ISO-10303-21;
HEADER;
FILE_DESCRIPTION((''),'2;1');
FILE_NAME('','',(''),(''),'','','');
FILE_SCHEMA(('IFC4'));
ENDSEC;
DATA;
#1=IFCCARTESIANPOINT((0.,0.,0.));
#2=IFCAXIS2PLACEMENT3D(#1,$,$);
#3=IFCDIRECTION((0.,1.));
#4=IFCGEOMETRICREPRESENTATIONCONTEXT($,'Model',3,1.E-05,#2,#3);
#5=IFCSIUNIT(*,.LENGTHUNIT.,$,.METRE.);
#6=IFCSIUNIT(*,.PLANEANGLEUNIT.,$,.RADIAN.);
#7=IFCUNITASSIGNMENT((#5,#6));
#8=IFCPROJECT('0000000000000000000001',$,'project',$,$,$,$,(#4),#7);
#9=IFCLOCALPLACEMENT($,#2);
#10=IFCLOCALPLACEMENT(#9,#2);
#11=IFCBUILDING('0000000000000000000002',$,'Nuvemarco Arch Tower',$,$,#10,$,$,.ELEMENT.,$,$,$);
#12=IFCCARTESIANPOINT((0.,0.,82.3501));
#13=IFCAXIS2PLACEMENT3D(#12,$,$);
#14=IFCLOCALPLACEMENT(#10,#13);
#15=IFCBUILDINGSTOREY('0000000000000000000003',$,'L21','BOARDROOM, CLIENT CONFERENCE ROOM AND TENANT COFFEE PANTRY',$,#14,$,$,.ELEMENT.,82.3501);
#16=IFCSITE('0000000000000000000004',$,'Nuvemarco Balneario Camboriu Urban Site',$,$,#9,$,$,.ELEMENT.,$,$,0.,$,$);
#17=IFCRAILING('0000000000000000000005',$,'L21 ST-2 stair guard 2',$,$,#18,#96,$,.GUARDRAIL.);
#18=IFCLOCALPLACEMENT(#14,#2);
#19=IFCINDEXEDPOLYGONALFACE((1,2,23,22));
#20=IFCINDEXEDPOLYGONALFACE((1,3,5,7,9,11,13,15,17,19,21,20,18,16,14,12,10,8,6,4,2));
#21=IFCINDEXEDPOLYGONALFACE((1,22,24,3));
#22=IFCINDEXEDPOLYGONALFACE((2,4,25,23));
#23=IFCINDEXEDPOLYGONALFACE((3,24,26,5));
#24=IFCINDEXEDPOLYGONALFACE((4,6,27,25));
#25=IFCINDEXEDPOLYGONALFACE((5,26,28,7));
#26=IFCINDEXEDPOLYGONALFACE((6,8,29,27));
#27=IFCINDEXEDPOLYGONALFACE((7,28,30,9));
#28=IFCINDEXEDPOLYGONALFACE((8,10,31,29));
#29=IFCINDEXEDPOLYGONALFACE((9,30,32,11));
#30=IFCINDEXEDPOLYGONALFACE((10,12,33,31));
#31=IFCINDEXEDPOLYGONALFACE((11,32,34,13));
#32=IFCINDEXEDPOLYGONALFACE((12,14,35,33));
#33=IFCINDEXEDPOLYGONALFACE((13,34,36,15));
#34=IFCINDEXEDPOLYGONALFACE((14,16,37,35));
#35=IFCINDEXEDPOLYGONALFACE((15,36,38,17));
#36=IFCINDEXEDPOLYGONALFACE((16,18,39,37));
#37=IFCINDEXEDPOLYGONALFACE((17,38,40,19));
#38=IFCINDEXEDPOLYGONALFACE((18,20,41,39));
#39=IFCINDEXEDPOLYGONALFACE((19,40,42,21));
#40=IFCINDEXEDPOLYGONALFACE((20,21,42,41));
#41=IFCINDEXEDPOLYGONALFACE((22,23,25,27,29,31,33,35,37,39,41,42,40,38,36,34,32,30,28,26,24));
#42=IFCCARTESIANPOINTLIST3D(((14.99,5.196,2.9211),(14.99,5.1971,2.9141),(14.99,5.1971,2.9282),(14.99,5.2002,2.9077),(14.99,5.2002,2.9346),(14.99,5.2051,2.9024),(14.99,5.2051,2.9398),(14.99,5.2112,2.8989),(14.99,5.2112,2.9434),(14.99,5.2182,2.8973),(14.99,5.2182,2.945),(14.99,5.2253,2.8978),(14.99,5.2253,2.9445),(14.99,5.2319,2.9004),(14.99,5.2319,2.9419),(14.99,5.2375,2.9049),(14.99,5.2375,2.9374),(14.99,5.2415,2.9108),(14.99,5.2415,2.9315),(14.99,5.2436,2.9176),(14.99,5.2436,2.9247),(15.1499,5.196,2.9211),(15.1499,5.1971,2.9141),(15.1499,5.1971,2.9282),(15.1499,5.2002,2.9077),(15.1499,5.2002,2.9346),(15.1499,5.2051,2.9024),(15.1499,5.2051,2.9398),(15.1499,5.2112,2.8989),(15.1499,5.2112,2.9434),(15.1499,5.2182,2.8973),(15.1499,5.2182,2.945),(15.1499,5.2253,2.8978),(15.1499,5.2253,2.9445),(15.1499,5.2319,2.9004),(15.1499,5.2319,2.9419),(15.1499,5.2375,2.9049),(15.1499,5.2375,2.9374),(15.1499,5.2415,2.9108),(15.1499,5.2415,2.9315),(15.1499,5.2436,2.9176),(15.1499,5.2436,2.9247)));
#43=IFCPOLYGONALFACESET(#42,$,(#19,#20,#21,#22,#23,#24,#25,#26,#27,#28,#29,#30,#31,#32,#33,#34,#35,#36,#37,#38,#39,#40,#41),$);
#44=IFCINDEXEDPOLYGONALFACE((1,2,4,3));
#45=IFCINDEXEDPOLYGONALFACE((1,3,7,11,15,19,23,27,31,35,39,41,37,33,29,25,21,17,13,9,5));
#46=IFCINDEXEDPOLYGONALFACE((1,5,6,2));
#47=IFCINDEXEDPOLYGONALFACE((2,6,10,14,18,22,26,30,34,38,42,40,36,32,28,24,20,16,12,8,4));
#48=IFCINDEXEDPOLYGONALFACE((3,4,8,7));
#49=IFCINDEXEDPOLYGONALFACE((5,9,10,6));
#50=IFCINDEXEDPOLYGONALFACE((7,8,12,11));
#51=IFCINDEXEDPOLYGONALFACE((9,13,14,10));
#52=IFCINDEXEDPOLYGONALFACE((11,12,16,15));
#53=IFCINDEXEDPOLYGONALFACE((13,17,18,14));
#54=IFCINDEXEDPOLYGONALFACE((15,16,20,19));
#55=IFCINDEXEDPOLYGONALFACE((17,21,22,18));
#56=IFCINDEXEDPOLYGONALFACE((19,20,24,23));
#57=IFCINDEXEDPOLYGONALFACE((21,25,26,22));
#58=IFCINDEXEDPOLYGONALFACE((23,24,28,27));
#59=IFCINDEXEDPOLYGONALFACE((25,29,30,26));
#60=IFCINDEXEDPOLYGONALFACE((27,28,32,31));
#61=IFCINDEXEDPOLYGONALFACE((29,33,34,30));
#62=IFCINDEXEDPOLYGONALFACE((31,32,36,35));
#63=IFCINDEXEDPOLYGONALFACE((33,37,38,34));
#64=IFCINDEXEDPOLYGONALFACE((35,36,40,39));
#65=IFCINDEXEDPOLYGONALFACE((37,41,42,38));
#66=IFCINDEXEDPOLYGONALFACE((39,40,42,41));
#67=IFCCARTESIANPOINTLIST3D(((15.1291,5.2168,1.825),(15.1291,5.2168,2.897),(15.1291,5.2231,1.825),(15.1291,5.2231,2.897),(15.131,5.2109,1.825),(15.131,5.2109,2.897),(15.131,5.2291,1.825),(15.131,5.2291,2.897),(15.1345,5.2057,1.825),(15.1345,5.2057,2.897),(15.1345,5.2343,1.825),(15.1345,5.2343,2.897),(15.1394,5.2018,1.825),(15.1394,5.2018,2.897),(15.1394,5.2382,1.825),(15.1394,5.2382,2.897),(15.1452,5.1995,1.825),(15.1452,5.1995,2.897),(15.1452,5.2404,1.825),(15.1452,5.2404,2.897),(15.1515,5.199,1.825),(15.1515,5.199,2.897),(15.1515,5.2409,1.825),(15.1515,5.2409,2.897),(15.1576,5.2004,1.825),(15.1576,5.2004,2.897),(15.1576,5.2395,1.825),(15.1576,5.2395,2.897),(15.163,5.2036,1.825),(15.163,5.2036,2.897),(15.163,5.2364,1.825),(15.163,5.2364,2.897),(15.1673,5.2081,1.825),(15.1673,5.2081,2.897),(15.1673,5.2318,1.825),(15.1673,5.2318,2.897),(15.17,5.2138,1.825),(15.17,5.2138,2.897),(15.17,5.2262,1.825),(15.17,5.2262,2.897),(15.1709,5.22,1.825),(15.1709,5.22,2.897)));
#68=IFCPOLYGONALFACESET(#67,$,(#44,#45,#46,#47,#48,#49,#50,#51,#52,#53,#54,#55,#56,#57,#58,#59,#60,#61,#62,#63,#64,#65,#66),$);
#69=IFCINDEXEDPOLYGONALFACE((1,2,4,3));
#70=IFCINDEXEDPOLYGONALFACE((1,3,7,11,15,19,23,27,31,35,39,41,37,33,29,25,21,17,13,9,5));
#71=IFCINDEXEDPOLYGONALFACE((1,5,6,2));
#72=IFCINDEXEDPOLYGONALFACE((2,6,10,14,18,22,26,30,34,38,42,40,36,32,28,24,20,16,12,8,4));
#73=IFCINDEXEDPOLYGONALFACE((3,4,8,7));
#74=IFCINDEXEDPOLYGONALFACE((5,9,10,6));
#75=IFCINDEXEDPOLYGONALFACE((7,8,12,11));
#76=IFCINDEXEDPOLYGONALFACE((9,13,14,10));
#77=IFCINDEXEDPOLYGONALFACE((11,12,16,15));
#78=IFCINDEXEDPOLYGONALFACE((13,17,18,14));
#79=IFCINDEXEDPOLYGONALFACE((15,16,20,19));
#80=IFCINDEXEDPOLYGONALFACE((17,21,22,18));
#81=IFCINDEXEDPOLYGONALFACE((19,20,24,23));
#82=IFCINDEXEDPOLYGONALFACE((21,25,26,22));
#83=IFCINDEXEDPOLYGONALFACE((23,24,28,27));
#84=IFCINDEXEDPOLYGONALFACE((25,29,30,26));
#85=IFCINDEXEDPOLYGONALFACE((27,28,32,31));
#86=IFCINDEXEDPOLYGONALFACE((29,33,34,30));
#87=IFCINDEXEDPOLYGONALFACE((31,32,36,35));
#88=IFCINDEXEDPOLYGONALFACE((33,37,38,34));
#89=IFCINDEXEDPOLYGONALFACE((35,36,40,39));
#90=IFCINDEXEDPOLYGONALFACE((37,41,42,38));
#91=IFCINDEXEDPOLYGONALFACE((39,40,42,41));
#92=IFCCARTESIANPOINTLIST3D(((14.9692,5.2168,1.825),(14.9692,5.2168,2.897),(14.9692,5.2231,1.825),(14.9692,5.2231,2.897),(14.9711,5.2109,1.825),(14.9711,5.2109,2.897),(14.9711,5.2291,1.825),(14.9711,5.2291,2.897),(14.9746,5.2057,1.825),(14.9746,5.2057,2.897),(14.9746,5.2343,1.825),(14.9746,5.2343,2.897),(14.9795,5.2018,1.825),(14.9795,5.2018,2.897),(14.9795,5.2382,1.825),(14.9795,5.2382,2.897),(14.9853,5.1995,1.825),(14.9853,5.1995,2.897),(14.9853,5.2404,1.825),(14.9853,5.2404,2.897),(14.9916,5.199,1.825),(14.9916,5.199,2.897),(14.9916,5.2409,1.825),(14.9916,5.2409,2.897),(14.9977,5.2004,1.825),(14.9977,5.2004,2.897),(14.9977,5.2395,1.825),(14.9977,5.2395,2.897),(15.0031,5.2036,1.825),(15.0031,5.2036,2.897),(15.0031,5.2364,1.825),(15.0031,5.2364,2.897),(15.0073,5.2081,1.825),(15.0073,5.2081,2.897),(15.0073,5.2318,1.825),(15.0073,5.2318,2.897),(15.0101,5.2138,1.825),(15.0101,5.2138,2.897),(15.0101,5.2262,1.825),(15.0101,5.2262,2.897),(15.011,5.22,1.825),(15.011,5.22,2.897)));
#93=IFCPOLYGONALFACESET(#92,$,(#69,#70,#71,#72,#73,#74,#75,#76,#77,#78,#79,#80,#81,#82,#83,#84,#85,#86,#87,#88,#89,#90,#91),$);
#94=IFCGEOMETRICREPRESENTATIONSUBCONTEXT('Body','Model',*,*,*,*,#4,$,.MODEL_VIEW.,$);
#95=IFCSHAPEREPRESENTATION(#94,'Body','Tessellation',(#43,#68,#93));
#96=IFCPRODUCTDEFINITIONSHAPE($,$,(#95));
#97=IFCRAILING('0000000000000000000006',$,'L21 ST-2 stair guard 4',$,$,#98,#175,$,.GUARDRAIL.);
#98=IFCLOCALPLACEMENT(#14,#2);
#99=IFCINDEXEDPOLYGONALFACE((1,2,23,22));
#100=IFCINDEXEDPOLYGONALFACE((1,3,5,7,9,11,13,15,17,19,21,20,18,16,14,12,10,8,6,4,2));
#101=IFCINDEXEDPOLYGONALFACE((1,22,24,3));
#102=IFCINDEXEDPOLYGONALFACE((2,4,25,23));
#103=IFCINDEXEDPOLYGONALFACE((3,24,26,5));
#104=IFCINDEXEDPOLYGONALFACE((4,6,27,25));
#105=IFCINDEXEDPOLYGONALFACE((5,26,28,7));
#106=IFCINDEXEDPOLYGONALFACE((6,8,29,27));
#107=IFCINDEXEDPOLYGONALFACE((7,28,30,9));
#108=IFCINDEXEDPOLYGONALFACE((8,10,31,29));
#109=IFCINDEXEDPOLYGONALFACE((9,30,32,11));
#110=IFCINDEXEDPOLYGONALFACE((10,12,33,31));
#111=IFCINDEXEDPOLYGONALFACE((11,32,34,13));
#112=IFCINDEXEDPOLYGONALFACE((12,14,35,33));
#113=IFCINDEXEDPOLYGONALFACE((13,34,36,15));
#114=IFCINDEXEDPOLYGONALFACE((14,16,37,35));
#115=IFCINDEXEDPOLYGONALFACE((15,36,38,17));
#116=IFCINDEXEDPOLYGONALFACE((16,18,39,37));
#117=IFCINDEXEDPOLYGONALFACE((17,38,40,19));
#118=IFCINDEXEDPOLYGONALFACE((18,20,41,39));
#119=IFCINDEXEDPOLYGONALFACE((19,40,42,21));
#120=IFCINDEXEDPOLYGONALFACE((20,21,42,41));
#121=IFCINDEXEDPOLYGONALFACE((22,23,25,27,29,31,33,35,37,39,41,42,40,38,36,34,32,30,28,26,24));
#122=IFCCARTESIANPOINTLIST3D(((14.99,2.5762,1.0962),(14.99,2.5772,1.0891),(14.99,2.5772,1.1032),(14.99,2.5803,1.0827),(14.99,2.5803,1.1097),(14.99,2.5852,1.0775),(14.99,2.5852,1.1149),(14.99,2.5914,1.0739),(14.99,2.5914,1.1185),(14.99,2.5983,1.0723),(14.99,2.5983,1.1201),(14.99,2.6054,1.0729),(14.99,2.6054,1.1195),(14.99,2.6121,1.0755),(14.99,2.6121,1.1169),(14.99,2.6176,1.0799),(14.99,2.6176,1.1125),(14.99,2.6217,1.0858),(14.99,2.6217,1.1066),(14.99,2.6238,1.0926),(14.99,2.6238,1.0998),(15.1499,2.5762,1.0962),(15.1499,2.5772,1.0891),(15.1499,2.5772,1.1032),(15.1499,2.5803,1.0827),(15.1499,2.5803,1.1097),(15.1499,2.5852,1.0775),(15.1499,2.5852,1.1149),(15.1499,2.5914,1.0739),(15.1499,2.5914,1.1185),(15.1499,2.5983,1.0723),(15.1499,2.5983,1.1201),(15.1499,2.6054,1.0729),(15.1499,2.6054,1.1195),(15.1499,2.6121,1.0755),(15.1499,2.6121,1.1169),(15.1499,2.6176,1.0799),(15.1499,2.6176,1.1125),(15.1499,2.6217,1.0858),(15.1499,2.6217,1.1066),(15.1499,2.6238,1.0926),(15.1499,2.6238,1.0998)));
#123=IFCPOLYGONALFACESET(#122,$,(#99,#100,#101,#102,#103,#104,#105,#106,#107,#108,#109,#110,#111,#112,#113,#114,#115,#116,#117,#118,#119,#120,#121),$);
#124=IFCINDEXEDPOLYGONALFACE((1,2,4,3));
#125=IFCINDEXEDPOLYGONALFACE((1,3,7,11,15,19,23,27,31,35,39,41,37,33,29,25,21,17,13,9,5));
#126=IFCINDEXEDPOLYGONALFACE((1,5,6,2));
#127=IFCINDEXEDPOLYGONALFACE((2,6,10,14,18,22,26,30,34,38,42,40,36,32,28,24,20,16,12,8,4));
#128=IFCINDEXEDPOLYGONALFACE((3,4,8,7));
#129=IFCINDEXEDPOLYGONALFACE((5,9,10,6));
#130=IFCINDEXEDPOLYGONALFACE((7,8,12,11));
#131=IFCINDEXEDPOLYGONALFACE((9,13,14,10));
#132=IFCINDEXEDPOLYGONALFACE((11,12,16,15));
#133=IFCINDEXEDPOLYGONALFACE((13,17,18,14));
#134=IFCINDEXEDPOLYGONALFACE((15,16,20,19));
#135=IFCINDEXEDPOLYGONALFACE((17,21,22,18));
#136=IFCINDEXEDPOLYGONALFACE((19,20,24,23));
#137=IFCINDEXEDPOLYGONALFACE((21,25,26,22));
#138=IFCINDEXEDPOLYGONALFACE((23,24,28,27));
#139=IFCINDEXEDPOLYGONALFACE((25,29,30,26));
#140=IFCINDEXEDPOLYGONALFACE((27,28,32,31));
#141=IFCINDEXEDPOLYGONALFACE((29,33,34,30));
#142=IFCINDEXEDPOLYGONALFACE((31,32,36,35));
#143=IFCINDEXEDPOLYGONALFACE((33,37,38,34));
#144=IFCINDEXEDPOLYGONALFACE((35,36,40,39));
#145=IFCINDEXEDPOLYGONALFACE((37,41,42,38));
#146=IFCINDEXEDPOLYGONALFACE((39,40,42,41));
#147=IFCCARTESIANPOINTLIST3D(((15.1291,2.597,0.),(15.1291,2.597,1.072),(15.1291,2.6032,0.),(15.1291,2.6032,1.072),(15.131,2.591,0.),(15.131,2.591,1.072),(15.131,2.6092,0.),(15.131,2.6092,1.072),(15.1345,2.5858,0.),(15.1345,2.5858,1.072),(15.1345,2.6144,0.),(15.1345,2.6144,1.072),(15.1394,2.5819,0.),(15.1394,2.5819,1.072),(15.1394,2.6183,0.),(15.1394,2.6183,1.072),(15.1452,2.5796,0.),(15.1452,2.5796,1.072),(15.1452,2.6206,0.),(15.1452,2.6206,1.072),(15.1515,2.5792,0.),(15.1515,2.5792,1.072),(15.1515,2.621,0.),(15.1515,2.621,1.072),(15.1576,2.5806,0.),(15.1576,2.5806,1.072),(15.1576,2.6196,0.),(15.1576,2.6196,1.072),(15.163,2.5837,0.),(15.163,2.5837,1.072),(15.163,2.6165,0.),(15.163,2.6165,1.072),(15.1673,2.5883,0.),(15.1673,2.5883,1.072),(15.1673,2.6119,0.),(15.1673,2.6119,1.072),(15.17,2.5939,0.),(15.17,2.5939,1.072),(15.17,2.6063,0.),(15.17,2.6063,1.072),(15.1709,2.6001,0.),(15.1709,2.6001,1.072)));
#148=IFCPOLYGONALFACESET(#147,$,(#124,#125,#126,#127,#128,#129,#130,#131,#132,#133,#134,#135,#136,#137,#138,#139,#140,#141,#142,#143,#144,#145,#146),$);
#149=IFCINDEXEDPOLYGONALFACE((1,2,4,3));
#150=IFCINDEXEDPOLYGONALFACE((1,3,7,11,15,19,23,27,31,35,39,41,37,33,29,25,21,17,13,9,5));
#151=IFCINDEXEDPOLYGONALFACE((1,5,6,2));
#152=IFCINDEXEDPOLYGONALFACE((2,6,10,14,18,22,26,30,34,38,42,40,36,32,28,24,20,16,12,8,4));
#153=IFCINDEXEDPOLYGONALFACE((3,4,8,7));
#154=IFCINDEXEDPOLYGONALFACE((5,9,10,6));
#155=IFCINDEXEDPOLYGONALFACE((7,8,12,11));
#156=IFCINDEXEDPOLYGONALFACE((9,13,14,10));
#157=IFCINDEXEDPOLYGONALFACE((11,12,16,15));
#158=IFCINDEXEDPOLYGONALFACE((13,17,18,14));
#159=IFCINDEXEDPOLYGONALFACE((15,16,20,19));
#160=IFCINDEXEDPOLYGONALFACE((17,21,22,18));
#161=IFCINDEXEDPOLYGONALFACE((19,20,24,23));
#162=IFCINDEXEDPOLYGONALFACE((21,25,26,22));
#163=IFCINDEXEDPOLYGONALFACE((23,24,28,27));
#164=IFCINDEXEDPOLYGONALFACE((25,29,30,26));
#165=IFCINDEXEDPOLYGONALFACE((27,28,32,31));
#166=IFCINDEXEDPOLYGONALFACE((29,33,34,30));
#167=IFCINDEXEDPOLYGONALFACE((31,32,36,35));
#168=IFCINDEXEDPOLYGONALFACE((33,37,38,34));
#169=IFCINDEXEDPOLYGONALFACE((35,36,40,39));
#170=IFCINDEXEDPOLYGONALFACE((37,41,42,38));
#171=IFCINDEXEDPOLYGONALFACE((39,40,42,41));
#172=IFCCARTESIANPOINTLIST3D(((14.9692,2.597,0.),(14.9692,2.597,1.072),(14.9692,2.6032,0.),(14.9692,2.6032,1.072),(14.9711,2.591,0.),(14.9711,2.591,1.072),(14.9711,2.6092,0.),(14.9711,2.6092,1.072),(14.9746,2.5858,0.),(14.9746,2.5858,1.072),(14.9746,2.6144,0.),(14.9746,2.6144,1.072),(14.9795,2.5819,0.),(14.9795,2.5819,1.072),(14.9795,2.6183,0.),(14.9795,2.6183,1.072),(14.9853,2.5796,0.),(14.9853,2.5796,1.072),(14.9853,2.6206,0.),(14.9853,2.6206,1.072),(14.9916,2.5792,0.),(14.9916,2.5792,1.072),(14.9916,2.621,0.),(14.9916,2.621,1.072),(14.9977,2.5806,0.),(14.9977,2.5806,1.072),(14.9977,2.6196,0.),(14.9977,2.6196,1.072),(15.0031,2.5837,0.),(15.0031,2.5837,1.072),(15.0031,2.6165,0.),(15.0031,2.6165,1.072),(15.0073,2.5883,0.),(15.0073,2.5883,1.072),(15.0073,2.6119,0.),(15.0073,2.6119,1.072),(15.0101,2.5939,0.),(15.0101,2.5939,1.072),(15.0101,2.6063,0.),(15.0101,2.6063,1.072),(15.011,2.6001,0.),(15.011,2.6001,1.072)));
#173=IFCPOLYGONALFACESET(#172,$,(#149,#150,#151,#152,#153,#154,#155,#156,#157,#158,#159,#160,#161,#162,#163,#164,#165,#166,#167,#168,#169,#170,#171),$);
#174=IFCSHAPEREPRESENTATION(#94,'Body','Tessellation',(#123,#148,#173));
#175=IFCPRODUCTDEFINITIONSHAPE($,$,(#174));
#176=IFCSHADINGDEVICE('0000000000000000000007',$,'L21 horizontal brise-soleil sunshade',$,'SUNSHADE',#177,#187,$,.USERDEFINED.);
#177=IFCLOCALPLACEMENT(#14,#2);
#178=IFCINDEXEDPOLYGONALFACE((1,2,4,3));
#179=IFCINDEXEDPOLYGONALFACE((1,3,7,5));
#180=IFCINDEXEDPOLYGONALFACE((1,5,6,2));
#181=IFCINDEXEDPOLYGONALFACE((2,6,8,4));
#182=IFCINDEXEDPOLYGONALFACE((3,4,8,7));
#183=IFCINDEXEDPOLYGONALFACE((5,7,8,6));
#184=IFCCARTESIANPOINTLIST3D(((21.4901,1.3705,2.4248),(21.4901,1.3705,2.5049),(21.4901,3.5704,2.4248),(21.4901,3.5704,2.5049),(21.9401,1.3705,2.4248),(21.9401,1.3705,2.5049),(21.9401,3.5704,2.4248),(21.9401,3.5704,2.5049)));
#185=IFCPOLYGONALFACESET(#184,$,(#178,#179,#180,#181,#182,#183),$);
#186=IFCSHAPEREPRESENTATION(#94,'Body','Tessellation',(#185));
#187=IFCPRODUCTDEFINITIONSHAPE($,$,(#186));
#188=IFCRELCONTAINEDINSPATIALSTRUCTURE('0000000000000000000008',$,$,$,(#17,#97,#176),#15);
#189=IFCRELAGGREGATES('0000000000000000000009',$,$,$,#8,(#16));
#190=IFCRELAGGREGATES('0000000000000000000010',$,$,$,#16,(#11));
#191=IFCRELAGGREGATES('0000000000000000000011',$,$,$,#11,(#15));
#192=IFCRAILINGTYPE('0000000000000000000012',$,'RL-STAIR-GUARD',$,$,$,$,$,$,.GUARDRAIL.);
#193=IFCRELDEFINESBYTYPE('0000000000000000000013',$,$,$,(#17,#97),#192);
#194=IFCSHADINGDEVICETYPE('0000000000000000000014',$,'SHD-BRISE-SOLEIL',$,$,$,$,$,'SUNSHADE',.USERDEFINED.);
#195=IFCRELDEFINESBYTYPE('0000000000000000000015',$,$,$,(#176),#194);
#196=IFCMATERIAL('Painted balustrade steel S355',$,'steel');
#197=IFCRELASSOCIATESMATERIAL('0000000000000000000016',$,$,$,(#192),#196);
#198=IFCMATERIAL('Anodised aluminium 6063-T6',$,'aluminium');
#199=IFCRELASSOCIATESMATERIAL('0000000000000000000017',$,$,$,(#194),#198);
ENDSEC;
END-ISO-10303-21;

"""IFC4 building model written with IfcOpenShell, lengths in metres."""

from ifc_helpers import new_model, si_unit, direction, frame, origin, origin_2d, place, context, subcontext, project, spatial, rectangle, circle, extrude, source, transform, mapped, material, type_object, type_shapes, element, save


model = new_model("IFC4")

# Units and contexts
model_context = context("Model", 3, precision=1e-05, world=origin(), true_north=direction((0.0, 1.0)))
body_context = subcontext(model_context, "Body", "Model", "MODEL_VIEW")
ifc_project = project(units=[si_unit("LENGTHUNIT", "METRE"), si_unit("PLANEANGLEUNIT", "RADIAN")], contexts=[model_context])

# Site, building, storey
site_placement = place(None, origin())
site = spatial("IfcSite", under=ifc_project, at=site_placement, Name="Nuvemarco Balneario Camboriu Urban Site", CompositionType="ELEMENT", RefElevation=0.0)
building_placement = place(site_placement, origin())
building = spatial("IfcBuilding", under=site, at=building_placement, Name="Nuvemarco Arch Tower", CompositionType="ELEMENT")
storey_placement = place(building_placement, frame((0.0, 0.0, 82.3501)))
storey = spatial("IfcBuildingStorey", under=building, at=storey_placement, Name="L21", Description="BOARDROOM, CLIENT CONFERENCE ROOM AND TENANT COFFEE PANTRY", CompositionType="ELEMENT", Elevation=82.3501)

# Railings
ifc_material_1 = material(Name="Painted balustrade steel S355", Category="steel")
railing_type_1 = type_object("IfcRailingType", Name="RL-STAIR-GUARD", PredefinedType="GUARDRAIL", material=ifc_material_1)
for number, where, name in (
    (1, (15.1499, 5.22, 1.825), "L21 ST-2 stair guard 2"),
    (2, (15.1499, 2.6001, 0.0), "L21 ST-2 stair guard 4"),
):
    element("IfcRailing", number, at=place(storey_placement, frame(where)), inside=storey, type_object=railing_type_1, Name=name, PredefinedType="GUARDRAIL", context=body_context, shape_type="SweptSolid", body=[
        extrude(circle(Radius=0.0239, at=origin_2d()), frame((0.0, 0.0, 1.0962), z_axis=(-1.0, 0.0, 0.0), x_axis=(0.0, -1.0, 0.0)), (0.0, 0.0, 1.0), 0.1599),
        extrude(circle(Radius=0.021, at=origin_2d()), origin(), (0.0, 0.0, 1.0), 1.072),
        extrude(circle(Radius=0.021, at=origin_2d()), frame((-0.1599, 0.0, 0.0)), (0.0, 0.0, 1.0), 1.072),
    ])

# Shading device
ifc_material_2 = material(Name="Anodised aluminium 6063-T6", Category="aluminium")
shading_device_type = type_object("IfcShadingDeviceType", Name="SHD-BRISE-SOLEIL", ElementType="SUNSHADE", PredefinedType="USERDEFINED", material=ifc_material_2)
shared_shape_1 = source(origin(), body_context, "Body", "SweptSolid", [
    extrude(rectangle(XDim=2.2, YDim=0.45, at=origin_2d()), origin(), (0.0, 0.0, 1.0), 0.0801),
])
type_shapes(shading_device_type, [shared_shape_1])
shading_device_placement = place(storey_placement, frame((21.7151, 2.4705, 2.4248), z_axis=(0.0, 0.0, 1.0), x_axis=(0.0, 1.0, 0.0)))
element("IfcShadingDevice", 3, at=shading_device_placement, inside=storey, type_object=shading_device_type, Name="L21 horizontal brise-soleil sunshade", ObjectType="SUNSHADE", PredefinedType="USERDEFINED", context=body_context, shape_type="MappedRepresentation", body=[
    mapped(shared_shape_1, transform((0.0, 0.0, 0.0), scale=1.0)),
])

save(model, "model.ifc")
